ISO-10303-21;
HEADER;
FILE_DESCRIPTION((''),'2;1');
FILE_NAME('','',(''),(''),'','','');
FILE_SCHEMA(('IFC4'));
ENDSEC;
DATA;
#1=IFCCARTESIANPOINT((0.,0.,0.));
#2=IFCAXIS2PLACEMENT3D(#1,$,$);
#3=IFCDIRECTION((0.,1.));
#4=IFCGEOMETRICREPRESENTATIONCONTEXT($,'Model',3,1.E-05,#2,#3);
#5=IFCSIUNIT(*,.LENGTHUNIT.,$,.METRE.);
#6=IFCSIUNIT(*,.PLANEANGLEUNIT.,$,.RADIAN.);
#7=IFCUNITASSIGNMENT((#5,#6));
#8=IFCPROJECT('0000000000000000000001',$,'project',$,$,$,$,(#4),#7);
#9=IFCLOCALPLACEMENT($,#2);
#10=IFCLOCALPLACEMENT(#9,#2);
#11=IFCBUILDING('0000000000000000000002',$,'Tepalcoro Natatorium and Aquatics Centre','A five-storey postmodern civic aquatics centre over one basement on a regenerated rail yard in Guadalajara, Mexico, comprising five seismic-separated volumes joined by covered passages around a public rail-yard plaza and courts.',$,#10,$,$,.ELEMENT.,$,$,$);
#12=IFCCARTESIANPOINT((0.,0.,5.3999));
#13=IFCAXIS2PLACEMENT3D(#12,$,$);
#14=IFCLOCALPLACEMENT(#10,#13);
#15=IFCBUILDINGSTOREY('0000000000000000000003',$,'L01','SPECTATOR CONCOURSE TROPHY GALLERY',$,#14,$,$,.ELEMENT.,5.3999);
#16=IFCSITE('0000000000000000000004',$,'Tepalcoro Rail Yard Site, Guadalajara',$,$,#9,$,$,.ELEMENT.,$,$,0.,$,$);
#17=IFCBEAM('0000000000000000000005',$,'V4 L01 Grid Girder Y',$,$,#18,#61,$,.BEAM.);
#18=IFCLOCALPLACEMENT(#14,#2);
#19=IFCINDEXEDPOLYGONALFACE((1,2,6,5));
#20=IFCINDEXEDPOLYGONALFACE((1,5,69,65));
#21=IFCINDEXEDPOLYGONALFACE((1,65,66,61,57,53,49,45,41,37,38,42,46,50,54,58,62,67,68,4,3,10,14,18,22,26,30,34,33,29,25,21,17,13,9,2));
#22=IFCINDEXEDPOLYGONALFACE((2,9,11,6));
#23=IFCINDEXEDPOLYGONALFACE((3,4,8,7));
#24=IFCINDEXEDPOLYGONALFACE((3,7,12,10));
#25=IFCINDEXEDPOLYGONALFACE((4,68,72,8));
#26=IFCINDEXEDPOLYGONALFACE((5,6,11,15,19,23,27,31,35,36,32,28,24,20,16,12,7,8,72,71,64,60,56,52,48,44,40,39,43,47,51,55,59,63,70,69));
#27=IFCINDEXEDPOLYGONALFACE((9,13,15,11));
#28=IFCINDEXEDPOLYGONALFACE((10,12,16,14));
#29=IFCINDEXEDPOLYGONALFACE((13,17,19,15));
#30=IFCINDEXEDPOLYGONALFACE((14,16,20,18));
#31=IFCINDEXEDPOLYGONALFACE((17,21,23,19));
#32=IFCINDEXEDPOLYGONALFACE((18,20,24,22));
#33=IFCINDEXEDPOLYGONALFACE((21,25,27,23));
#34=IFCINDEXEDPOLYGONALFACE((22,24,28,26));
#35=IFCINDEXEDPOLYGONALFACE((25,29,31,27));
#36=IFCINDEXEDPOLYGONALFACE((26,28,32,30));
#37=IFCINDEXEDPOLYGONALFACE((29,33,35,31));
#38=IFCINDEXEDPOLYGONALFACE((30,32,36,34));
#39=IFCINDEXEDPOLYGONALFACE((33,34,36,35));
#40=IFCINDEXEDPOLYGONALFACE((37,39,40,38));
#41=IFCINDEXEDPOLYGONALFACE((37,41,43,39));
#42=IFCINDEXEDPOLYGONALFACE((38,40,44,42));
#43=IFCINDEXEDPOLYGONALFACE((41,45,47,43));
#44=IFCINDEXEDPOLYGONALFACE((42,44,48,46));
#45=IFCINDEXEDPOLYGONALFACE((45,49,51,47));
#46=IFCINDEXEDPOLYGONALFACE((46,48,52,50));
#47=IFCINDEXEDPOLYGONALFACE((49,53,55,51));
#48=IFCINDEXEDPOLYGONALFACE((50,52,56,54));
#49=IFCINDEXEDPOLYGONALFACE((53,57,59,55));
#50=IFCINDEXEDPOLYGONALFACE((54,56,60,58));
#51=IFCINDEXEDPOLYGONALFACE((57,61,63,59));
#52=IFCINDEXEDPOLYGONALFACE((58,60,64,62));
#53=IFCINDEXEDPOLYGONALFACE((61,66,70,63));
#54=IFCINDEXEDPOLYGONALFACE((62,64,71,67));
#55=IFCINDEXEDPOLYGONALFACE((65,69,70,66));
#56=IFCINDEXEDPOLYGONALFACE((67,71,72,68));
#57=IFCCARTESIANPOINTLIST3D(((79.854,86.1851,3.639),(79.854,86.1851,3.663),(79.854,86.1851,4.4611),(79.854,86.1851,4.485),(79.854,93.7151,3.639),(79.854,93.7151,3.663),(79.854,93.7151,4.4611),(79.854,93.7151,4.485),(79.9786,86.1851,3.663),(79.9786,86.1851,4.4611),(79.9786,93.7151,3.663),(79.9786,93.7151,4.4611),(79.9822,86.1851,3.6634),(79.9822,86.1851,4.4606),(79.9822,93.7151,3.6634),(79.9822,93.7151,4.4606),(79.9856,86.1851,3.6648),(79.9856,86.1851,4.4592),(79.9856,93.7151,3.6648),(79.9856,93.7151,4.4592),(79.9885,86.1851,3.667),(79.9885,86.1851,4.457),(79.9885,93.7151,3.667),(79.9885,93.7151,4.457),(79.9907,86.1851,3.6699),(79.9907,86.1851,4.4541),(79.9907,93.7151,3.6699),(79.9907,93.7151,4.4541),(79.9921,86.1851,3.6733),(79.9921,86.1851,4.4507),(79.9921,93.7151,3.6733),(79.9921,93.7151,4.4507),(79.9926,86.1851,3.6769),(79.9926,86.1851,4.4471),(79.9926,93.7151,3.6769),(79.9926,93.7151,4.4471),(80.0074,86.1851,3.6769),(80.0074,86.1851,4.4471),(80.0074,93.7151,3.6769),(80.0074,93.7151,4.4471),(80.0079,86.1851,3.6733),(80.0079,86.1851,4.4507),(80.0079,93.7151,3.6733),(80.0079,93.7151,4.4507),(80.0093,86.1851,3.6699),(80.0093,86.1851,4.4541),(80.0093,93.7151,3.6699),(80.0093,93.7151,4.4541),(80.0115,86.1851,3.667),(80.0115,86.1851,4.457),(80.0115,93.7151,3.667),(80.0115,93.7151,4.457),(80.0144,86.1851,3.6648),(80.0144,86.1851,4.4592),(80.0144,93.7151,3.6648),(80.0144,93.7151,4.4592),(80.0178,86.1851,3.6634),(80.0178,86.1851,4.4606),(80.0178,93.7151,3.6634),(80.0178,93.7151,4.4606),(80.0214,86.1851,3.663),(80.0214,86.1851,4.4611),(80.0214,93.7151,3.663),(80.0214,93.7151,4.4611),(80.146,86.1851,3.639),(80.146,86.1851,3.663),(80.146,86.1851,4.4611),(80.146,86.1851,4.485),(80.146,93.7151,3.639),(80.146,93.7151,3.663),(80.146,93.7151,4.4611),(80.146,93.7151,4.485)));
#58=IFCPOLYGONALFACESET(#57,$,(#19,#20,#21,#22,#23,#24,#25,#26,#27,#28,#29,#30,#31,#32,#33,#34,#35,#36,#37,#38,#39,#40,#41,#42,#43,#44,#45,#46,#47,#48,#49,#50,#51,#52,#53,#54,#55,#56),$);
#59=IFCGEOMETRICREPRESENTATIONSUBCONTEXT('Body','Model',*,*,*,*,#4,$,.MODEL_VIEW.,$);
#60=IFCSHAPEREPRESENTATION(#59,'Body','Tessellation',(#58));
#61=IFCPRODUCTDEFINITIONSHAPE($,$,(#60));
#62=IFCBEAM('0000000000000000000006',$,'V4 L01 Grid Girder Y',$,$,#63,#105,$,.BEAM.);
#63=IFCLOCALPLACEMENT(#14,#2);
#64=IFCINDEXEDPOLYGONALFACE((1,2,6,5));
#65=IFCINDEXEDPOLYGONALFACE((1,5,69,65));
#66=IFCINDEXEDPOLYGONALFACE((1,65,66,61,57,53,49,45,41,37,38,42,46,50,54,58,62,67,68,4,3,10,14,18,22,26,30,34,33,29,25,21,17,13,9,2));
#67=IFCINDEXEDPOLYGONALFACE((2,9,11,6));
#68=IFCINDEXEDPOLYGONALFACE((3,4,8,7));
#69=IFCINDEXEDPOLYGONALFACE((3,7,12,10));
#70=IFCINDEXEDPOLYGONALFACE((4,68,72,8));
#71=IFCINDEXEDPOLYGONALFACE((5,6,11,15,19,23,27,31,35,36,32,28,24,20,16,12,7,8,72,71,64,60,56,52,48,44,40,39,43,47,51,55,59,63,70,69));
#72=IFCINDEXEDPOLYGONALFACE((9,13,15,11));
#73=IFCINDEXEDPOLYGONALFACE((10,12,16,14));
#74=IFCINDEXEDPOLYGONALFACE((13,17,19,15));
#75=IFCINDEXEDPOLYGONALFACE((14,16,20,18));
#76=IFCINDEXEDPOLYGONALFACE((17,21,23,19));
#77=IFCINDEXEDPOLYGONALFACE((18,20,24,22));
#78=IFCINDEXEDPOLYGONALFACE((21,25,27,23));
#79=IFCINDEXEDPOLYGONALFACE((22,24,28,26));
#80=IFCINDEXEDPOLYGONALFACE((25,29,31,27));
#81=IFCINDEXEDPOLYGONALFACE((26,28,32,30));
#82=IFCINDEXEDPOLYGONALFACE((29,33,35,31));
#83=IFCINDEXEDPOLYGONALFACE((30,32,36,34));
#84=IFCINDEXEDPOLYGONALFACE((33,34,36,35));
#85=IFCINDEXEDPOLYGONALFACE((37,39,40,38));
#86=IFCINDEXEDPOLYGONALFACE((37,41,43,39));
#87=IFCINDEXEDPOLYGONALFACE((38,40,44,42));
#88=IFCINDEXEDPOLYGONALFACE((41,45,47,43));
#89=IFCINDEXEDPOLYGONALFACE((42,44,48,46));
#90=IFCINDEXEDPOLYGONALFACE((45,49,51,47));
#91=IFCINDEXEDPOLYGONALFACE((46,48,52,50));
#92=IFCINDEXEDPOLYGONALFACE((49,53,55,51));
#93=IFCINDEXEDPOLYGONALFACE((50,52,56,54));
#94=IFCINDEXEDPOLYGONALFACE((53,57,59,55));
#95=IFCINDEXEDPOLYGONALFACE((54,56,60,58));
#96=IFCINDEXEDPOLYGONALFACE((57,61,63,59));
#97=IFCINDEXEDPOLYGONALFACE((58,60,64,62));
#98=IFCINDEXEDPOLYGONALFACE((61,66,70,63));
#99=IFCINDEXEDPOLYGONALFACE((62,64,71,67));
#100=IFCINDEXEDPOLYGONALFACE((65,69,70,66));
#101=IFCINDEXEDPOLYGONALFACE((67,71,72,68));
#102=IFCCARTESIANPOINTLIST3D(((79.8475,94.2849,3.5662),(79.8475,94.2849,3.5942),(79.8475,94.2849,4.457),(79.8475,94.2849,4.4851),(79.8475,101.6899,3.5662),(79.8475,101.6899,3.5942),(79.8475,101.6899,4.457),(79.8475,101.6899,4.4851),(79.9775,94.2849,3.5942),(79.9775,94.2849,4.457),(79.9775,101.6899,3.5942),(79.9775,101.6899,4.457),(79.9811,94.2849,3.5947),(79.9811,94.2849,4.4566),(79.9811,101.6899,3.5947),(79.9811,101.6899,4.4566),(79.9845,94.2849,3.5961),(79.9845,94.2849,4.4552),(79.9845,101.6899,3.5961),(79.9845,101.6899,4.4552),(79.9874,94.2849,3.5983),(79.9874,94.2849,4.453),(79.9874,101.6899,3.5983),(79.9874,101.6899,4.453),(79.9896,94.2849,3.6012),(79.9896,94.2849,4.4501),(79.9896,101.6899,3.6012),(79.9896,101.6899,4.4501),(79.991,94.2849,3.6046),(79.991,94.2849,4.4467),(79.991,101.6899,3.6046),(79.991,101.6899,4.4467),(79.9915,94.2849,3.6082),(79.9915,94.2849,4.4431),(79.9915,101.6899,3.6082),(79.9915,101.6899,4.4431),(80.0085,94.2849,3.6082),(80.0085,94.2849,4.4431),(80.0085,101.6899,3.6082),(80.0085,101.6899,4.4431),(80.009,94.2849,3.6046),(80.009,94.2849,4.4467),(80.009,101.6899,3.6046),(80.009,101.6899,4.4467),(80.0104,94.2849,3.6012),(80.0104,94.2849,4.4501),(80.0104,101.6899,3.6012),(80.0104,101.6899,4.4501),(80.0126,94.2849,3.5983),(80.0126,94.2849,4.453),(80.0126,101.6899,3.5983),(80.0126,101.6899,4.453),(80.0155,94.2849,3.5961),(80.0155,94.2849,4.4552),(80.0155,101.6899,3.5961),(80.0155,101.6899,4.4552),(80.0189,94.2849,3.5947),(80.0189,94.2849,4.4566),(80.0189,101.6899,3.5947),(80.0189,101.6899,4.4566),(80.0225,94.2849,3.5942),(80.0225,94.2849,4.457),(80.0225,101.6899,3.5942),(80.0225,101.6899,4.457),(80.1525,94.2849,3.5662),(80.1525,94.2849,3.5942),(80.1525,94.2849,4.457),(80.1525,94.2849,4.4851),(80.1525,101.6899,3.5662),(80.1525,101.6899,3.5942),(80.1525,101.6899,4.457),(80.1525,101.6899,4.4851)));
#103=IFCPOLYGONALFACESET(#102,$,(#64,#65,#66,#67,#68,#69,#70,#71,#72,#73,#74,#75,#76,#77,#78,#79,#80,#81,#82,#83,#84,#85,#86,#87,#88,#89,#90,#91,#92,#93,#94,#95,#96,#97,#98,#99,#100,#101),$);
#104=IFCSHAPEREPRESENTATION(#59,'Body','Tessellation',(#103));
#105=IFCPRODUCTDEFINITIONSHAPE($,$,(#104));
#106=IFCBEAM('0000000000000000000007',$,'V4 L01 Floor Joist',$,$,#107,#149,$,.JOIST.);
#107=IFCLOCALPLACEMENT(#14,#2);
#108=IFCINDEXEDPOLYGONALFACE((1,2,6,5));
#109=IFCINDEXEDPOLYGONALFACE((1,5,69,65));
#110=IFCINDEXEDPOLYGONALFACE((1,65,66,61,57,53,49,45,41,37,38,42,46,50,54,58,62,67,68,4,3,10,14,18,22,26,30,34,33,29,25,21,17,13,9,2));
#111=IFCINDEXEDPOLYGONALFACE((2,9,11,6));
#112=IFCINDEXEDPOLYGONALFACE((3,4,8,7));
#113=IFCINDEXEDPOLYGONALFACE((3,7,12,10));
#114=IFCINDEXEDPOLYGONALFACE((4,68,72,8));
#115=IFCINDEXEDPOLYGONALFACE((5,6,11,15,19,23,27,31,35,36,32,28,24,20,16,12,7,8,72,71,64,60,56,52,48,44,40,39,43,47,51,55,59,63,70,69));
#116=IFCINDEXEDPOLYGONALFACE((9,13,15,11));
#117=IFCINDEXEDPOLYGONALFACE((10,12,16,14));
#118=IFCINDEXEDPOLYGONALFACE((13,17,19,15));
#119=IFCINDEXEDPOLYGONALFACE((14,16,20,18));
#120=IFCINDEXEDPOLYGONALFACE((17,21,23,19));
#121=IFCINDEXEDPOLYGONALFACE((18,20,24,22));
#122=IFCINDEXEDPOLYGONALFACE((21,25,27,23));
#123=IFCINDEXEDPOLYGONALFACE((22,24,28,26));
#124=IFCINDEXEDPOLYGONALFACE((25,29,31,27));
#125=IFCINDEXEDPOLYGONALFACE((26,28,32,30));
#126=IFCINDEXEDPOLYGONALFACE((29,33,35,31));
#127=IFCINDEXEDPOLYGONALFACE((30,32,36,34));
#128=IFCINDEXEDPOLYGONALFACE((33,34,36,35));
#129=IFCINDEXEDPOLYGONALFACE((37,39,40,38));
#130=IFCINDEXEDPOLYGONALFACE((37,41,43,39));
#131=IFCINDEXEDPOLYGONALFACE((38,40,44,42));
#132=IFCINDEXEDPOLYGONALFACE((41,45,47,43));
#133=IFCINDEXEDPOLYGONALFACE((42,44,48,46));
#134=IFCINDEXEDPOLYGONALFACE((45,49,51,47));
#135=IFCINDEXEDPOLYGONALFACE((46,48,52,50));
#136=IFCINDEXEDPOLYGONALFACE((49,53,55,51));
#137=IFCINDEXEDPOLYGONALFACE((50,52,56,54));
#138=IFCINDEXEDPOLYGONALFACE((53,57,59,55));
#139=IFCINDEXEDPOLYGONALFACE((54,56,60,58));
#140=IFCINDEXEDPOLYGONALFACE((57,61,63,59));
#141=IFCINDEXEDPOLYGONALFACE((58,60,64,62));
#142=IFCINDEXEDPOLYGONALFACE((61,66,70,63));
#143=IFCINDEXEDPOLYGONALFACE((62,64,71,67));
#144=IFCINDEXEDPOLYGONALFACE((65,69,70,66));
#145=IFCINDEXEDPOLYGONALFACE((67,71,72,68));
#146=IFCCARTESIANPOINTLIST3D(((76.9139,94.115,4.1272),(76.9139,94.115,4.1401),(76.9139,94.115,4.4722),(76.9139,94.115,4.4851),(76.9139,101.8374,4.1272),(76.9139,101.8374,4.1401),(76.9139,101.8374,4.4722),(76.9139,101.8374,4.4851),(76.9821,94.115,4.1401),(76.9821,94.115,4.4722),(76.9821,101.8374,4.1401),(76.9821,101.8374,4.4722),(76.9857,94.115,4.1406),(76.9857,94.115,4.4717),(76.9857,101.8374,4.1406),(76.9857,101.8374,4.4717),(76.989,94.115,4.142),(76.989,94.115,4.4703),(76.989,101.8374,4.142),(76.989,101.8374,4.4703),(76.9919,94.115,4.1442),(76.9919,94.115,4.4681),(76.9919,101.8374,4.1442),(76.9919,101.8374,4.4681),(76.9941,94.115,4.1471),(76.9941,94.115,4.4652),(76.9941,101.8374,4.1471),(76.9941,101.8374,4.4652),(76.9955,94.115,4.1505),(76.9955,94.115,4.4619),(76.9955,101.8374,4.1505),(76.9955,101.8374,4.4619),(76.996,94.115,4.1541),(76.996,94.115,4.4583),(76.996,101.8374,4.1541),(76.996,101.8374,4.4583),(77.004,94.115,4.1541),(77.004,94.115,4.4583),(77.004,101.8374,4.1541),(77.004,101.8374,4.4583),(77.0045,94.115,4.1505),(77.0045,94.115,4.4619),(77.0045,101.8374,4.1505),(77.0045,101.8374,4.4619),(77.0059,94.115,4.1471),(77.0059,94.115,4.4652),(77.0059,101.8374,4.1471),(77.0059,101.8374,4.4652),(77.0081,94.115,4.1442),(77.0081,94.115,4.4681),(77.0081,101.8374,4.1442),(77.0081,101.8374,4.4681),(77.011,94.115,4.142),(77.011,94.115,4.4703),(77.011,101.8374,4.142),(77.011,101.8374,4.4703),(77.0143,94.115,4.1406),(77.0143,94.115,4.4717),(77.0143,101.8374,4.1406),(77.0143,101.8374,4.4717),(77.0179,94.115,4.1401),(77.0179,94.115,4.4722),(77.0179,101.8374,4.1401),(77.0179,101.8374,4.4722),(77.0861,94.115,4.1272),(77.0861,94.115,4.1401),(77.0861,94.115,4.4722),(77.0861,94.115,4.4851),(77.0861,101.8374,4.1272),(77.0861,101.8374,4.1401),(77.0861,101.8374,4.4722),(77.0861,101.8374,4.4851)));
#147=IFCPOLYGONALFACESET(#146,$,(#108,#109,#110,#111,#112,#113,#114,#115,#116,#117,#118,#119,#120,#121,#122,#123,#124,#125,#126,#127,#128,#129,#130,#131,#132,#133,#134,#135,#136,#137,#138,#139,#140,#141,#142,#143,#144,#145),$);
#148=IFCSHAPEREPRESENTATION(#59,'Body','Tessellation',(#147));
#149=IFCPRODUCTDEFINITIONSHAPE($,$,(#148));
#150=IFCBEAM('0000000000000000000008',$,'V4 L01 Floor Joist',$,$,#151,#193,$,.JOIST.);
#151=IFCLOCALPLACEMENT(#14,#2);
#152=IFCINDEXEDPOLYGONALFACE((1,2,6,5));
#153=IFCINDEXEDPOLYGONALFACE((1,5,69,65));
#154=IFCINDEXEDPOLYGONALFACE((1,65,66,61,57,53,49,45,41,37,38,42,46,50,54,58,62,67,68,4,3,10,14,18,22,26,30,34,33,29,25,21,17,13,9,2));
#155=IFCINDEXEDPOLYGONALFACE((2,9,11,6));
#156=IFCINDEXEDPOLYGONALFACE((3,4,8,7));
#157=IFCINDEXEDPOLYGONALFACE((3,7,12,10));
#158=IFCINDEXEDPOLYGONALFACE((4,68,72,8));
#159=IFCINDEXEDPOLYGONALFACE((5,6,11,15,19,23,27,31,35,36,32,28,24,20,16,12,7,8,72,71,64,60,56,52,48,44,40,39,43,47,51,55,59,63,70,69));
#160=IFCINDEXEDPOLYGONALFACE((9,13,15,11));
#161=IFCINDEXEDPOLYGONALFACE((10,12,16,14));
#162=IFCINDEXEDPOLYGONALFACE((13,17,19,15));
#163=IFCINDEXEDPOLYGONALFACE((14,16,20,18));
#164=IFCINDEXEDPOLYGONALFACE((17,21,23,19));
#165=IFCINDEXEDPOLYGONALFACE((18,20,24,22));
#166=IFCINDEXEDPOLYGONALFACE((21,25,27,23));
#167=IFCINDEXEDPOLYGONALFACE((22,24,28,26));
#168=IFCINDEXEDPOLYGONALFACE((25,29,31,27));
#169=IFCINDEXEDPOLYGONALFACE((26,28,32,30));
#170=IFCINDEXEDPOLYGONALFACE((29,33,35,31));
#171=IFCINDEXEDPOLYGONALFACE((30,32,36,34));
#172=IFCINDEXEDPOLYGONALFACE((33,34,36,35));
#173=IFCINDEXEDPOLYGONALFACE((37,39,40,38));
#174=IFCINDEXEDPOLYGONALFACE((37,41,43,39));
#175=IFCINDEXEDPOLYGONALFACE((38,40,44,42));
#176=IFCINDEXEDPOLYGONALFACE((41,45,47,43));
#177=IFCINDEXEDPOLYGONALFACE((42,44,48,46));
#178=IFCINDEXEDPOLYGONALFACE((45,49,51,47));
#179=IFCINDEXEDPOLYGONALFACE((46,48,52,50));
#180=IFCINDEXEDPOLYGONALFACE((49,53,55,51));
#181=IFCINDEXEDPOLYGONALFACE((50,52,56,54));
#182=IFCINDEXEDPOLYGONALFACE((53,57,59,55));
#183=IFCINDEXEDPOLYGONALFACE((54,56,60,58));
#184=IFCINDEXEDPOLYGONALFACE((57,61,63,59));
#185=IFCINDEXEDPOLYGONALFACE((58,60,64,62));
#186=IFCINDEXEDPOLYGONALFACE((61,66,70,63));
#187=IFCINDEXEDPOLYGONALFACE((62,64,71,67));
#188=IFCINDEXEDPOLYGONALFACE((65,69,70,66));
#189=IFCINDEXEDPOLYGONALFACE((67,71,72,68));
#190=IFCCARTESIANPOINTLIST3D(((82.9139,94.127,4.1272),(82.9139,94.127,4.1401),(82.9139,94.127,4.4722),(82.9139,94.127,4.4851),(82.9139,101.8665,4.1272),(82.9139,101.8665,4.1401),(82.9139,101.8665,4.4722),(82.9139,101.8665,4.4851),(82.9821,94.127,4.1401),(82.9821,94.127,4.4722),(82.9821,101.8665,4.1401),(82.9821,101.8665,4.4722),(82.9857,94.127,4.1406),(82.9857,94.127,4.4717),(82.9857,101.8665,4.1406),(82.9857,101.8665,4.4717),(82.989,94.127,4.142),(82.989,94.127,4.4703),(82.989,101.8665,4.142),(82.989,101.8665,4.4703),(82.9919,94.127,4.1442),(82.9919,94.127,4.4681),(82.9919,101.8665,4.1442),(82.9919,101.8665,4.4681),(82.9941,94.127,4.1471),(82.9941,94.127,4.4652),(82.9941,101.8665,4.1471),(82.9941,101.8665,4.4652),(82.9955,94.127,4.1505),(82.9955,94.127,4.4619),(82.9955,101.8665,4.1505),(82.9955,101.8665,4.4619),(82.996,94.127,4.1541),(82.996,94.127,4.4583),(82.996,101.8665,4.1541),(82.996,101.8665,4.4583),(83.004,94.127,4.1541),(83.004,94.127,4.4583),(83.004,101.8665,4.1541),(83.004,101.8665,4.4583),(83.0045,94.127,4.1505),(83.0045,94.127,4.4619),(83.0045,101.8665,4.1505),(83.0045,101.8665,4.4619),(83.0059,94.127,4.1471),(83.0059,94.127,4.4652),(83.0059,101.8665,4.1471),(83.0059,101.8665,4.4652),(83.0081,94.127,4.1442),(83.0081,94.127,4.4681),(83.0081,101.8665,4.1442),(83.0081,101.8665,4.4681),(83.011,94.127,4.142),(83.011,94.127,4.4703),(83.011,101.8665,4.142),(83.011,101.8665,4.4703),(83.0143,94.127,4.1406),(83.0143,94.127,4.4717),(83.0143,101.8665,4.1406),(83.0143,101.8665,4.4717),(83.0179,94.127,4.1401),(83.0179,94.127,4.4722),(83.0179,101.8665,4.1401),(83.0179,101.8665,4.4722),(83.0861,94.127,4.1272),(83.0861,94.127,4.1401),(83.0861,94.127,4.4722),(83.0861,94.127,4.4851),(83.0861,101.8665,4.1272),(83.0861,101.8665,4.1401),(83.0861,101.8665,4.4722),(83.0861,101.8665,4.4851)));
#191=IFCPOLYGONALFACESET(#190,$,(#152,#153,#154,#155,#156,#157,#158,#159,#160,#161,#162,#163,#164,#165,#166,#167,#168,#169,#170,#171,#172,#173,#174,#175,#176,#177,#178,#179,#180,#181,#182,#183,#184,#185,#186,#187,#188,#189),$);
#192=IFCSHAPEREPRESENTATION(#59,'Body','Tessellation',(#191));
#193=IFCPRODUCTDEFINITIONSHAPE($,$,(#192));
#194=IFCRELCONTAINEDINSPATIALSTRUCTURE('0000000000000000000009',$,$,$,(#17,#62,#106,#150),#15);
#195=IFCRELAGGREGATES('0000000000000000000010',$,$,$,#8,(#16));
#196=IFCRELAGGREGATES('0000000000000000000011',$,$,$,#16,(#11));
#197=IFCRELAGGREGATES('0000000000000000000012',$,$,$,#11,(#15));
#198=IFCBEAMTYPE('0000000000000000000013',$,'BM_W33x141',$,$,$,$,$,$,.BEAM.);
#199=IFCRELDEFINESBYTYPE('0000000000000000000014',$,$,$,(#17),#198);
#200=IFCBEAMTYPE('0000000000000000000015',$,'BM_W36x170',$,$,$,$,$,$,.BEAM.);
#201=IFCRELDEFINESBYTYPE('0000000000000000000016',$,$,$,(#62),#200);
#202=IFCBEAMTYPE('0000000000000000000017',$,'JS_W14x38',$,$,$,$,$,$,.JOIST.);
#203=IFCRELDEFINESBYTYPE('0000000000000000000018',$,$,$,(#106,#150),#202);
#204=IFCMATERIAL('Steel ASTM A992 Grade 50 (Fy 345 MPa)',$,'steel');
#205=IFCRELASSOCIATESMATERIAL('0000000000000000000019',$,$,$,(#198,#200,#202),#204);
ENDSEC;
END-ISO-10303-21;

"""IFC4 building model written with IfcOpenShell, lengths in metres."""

from ifc_helpers import new_model, si_unit, direction, frame, origin, origin_2d, place, context, subcontext, project, spatial, i_section, extrude, material, material_profile, profile_set, type_object, element, save


model = new_model("IFC4")

# Units and contexts
model_context = context("Model", 3, precision=1e-05, world=origin(), true_north=direction((0.0, 1.0)))
body_context = subcontext(model_context, "Body", "Model", "MODEL_VIEW")
ifc_project = project(units=[si_unit("LENGTHUNIT", "METRE"), si_unit("PLANEANGLEUNIT", "RADIAN")], contexts=[model_context])

# Site, building, storey
site_placement = place(None, origin())
site = spatial("IfcSite", under=ifc_project, at=site_placement, Name="Tepalcoro Rail Yard Site, Guadalajara", CompositionType="ELEMENT", RefElevation=0.0)
building_placement = place(site_placement, origin())
building = spatial("IfcBuilding", under=site, at=building_placement, Name="Tepalcoro Natatorium and Aquatics Centre", Description="A five-storey postmodern civic aquatics centre over one basement on a regenerated rail yard in Guadalajara, Mexico, comprising five seismic-separated volumes joined by covered passages around a public rail-yard plaza and courts.", CompositionType="ELEMENT")
storey_placement = place(building_placement, frame((0.0, 0.0, 5.3999)))
storey = spatial("IfcBuildingStorey", under=building, at=storey_placement, Name="L01", Description="SPECTATOR CONCOURSE TROPHY GALLERY", CompositionType="ELEMENT", Elevation=5.3999)

# Beams
ifc_material_1 = material(Name="Steel ASTM A992 Grade 50 (Fy 345 MPa)", Category="steel")
ifc_material_profile_1 = material_profile(ifc_material_1, i_section(OverallWidth=0.292, OverallDepth=0.8459, WebThickness=0.0149, FlangeThickness=0.0239, FilletRadius=0.0139, at=origin_2d()), Name="W33X141")
ifc_profile_set_1 = profile_set([ifc_material_profile_1], Name="Steel ASTM A992 Grade 50 (Fy 345 MPa)")
beam_type_1 = type_object("IfcBeamType", Name="BM_W33x141", PredefinedType="BEAM", material=ifc_profile_set_1)
beam_1_placement = place(storey_placement, frame((80.0, 86.1851, 4.062), z_axis=(0.0, 1.0, 0.0), x_axis=(-1.0, 0.0, 0.0)))
element("IfcBeam", 1, at=beam_1_placement, inside=storey, type_object=beam_type_1, Name="V4 L01 Grid Girder Y", PredefinedType="BEAM", context=body_context, shape_type="SweptSolid", body=[
    extrude(i_section(OverallWidth=0.292, OverallDepth=0.8459, WebThickness=0.0149, FlangeThickness=0.0239, FilletRadius=0.0139, at=origin_2d()), origin(), (0.0, 0.0, 1.0), 7.53),
])
ifc_material_profile_2 = material_profile(ifc_material_1, i_section(OverallWidth=0.3049, OverallDepth=0.9189, WebThickness=0.0171, FlangeThickness=0.0281, FilletRadius=0.0139, at=origin_2d()), Name="W36X170")
ifc_profile_set_2 = profile_set([ifc_material_profile_2], Name="Steel ASTM A992 Grade 50 (Fy 345 MPa)")
beam_type_2 = type_object("IfcBeamType", Name="BM_W36x170", PredefinedType="BEAM", material=ifc_profile_set_2)
beam_2_placement = place(storey_placement, frame((80.0, 94.2849, 4.0256), z_axis=(0.0, 1.0, 0.0), x_axis=(-1.0, 0.0, 0.0)))
element("IfcBeam", 2, at=beam_2_placement, inside=storey, type_object=beam_type_2, Name="V4 L01 Grid Girder Y", PredefinedType="BEAM", context=body_context, shape_type="SweptSolid", body=[
    extrude(i_section(OverallWidth=0.3049, OverallDepth=0.9189, WebThickness=0.0171, FlangeThickness=0.0281, FilletRadius=0.0139, at=origin_2d()), origin(), (0.0, 0.0, 1.0), 7.405),
])
ifc_material_profile_3 = material_profile(ifc_material_1, i_section(OverallWidth=0.1721, OverallDepth=0.3579, WebThickness=0.0081, FlangeThickness=0.0129, FilletRadius=0.0139, at=origin_2d()), Name="W14X38")
ifc_profile_set_3 = profile_set([ifc_material_profile_3], Name="Steel ASTM A992 Grade 50 (Fy 345 MPa)")
beam_type_3 = type_object("IfcBeamType", Name="JS_W14x38", PredefinedType="JOIST", material=ifc_profile_set_3)
beam_3_placement = place(storey_placement, frame((77.0, 94.115, 4.3062), z_axis=(0.0, 1.0, 0.0), x_axis=(-1.0, 0.0, 0.0)))
element("IfcBeam", 3, at=beam_3_placement, inside=storey, type_object=beam_type_3, Name="V4 L01 Floor Joist", PredefinedType="JOIST", context=body_context, shape_type="SweptSolid", body=[
    extrude(i_section(OverallWidth=0.1721, OverallDepth=0.3579, WebThickness=0.0081, FlangeThickness=0.0129, FilletRadius=0.0139, at=origin_2d()), origin(), (0.0, 0.0, 1.0), 7.7224),
])
beam_4_placement = place(storey_placement, frame((83.0, 94.127, 4.3062), z_axis=(0.0, 1.0, 0.0), x_axis=(-1.0, 0.0, 0.0)))
element("IfcBeam", 4, at=beam_4_placement, inside=storey, type_object=beam_type_3, Name="V4 L01 Floor Joist", PredefinedType="JOIST", context=body_context, shape_type="SweptSolid", body=[
    extrude(i_section(OverallWidth=0.1721, OverallDepth=0.3579, WebThickness=0.0081, FlangeThickness=0.0129, FilletRadius=0.0139, at=origin_2d()), origin(), (0.0, 0.0, 1.0), 7.7395),
])

save(model, "model.ifc")
